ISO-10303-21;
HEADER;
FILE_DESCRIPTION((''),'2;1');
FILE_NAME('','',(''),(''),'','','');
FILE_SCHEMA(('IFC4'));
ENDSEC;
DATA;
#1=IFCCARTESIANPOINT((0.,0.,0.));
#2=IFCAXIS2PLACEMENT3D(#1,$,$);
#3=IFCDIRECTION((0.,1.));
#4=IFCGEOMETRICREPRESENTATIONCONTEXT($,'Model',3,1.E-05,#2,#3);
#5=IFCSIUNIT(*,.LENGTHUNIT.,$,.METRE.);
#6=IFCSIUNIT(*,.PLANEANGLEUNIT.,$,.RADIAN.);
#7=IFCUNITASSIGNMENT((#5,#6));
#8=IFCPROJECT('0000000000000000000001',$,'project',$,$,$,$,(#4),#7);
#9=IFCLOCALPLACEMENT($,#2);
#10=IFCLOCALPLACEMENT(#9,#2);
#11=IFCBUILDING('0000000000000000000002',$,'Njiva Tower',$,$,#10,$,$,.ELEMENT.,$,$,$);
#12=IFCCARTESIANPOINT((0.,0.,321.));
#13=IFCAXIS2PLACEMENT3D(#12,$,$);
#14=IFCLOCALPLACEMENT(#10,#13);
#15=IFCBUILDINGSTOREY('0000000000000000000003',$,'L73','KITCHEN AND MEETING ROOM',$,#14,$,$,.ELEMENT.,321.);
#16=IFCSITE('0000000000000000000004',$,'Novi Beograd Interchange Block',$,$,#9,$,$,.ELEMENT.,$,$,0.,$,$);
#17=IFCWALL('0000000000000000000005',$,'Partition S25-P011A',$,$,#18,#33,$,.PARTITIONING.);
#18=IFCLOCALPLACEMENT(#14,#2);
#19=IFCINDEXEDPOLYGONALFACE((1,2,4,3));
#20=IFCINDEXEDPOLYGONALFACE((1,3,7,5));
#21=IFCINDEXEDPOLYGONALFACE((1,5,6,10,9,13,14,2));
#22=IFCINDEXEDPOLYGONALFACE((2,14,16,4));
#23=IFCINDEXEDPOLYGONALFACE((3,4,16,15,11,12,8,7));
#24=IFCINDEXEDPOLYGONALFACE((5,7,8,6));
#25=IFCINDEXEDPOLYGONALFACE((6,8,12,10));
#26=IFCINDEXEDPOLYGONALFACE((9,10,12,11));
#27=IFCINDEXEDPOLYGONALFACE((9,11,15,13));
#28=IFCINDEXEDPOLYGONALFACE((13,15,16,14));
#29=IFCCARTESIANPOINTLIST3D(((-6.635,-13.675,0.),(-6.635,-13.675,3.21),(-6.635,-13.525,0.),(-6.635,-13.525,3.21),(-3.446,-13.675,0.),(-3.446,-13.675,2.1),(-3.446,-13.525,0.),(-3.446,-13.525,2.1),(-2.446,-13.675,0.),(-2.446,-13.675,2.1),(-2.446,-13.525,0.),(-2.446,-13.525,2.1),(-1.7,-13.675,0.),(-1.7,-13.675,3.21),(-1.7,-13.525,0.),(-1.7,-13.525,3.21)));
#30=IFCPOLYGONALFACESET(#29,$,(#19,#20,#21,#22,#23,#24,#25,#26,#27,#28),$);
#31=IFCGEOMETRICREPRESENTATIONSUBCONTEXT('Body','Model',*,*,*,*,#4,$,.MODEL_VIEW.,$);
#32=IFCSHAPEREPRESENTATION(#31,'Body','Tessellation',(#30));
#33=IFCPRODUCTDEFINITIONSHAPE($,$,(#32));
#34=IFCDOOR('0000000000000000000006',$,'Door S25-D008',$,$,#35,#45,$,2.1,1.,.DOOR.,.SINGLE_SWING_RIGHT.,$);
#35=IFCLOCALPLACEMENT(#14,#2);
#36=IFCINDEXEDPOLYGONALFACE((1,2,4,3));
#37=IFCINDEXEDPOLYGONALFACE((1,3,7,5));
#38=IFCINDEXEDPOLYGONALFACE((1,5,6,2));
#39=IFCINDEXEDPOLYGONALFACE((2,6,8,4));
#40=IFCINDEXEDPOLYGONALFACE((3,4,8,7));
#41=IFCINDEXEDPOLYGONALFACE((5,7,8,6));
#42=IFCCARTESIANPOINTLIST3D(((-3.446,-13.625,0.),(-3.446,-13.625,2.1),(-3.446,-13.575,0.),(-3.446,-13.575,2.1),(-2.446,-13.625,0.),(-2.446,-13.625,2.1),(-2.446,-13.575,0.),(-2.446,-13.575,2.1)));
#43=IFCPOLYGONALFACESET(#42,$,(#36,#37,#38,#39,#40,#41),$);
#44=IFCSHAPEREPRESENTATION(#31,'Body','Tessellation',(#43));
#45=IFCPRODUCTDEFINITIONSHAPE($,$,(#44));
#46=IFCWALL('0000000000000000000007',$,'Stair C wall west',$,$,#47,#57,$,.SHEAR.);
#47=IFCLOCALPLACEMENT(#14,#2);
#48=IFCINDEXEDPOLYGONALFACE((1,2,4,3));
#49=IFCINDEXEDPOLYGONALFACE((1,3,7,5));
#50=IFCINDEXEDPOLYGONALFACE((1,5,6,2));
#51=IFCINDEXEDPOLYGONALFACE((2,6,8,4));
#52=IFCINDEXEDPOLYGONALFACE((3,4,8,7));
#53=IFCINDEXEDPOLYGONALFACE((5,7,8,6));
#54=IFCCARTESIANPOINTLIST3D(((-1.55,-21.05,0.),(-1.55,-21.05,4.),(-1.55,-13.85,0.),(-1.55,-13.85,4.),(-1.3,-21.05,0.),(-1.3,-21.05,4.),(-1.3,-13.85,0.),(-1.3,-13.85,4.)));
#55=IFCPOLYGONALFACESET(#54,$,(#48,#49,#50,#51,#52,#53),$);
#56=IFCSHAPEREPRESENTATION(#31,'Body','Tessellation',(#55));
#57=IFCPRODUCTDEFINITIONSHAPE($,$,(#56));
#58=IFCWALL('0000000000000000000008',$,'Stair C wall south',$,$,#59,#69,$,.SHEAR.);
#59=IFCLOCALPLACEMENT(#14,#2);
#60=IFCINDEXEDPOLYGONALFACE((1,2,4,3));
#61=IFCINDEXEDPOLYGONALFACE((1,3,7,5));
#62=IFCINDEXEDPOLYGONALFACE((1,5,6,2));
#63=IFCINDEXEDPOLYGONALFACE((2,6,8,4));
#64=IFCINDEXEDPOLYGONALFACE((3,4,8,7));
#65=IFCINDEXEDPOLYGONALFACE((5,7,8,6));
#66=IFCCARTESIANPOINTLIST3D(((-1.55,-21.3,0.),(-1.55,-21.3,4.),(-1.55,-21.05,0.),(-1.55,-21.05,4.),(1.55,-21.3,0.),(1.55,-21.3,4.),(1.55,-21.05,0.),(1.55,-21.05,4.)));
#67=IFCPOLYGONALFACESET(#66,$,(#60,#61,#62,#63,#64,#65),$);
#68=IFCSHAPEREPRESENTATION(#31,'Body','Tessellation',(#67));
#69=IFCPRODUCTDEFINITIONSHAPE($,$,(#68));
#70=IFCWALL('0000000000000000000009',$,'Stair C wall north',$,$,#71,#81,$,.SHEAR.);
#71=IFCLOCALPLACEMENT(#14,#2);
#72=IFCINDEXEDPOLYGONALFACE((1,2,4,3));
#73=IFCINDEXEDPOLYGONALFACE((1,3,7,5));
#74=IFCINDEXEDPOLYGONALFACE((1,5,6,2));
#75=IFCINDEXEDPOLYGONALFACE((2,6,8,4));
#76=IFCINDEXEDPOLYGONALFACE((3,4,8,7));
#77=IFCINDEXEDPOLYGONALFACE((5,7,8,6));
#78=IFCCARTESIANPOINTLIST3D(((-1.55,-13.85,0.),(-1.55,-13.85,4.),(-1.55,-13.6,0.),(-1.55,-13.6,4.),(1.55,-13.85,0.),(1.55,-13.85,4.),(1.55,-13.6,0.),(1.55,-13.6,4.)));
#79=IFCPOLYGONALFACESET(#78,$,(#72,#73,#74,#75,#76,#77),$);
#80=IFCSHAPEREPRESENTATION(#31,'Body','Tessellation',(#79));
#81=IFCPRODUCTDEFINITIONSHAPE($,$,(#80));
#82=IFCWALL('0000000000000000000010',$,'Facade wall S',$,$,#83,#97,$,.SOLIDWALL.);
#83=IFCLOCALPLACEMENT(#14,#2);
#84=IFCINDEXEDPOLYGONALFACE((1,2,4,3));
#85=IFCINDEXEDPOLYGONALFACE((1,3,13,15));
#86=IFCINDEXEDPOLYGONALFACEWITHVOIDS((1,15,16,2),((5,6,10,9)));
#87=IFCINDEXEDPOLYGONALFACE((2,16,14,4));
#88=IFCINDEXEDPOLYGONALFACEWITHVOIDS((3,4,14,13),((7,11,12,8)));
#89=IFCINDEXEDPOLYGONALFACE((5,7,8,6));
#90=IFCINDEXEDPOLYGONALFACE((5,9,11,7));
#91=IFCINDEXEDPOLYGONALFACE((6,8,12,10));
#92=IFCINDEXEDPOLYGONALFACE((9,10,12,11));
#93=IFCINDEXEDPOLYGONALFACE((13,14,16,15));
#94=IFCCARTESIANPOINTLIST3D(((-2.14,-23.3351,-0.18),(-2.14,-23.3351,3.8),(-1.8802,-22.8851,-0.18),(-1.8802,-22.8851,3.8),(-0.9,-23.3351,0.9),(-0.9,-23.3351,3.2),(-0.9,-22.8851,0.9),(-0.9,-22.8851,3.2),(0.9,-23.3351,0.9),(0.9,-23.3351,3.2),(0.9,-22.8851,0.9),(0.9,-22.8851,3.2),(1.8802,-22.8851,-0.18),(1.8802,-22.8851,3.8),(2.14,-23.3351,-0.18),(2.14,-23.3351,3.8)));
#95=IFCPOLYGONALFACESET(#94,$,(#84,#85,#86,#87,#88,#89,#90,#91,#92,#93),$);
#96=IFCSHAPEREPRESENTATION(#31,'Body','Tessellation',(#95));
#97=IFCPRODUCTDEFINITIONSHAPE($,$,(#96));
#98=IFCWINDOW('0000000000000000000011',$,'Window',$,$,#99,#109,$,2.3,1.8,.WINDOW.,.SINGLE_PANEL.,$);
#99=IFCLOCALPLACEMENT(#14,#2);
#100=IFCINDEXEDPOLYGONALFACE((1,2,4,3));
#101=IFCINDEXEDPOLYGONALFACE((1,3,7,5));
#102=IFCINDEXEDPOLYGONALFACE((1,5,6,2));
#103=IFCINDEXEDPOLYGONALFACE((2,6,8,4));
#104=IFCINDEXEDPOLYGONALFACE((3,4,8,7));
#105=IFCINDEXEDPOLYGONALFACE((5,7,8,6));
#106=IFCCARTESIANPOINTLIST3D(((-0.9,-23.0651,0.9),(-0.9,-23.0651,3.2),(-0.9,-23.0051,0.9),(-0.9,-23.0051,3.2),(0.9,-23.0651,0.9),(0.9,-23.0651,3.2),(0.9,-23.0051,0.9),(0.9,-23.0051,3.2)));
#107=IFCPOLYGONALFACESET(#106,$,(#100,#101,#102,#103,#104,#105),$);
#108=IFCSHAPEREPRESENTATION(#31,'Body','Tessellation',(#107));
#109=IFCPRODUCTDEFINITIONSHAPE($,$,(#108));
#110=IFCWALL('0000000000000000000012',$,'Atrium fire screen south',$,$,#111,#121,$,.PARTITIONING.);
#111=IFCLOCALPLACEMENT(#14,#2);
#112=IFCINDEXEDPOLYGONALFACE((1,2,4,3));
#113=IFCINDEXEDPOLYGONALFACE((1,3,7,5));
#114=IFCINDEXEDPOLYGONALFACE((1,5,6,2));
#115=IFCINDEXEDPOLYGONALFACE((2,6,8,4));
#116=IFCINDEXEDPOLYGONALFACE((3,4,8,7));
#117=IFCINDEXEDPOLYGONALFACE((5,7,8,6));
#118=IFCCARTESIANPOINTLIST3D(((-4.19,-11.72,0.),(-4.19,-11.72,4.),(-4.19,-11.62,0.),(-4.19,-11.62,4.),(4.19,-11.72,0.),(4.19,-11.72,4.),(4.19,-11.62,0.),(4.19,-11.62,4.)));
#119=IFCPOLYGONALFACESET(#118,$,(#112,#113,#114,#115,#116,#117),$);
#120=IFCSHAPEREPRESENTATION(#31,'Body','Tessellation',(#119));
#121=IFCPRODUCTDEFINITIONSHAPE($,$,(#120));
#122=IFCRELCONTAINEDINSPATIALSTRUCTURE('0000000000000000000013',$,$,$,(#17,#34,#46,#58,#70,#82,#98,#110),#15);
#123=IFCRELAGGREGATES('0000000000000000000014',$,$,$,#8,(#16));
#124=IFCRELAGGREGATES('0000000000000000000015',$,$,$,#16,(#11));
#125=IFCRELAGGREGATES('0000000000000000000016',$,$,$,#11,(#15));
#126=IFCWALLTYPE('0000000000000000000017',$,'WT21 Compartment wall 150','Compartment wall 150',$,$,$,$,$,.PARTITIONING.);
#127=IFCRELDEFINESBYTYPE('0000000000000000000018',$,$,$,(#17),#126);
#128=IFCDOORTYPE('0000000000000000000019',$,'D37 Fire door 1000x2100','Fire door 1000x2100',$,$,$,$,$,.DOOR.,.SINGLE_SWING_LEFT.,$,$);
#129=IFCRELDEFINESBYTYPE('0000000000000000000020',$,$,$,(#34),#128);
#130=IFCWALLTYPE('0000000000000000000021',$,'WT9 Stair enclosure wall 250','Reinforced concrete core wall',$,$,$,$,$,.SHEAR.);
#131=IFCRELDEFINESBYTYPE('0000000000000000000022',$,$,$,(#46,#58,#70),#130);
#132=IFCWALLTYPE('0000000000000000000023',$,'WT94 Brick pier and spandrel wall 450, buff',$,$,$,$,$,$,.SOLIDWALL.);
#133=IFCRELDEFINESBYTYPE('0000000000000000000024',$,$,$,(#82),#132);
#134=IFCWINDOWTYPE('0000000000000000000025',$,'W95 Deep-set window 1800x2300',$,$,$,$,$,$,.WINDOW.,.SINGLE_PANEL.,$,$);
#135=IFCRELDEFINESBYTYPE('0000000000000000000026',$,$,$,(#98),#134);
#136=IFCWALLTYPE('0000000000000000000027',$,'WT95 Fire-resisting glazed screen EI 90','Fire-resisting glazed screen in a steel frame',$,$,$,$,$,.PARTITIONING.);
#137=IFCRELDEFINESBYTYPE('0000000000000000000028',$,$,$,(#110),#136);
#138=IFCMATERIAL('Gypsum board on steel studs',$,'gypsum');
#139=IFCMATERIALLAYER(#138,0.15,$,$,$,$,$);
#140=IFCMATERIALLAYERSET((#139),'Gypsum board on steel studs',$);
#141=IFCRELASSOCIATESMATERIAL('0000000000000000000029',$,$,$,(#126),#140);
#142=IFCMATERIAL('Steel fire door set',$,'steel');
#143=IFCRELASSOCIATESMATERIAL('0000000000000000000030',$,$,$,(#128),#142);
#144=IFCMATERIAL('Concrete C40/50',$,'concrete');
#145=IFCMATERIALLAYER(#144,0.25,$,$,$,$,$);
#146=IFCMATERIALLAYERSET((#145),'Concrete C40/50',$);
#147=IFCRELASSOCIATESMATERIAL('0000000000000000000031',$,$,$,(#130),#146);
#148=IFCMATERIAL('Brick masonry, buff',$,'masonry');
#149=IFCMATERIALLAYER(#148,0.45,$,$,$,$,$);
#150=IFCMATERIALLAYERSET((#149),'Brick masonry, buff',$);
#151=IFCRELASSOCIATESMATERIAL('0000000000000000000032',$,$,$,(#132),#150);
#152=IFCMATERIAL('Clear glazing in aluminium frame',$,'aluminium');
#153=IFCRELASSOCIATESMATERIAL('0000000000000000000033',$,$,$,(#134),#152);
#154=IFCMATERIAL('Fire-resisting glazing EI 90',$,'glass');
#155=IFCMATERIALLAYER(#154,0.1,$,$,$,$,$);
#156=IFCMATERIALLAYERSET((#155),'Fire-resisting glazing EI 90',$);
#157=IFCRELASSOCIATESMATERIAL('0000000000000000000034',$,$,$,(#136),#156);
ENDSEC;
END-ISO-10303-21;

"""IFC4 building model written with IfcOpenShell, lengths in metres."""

from ifc_helpers import new_model, si_unit, direction, frame, frame_2d, origin, place, context, subcontext, project, spatial, polyline, rectangle, outline, extrude, material, layer, layer_set, type_object, element, fill, save


model = new_model("IFC4")

# Units and contexts
model_context = context("Model", 3, precision=1e-05, world=origin(), true_north=direction((0.0, 1.0)))
body_context = subcontext(model_context, "Body", "Model", "MODEL_VIEW")
ifc_project = project(units=[si_unit("LENGTHUNIT", "METRE"), si_unit("PLANEANGLEUNIT", "RADIAN")], contexts=[model_context])

# Site, building, storey
site_placement = place(None, origin())
site = spatial("IfcSite", under=ifc_project, at=site_placement, Name="Novi Beograd Interchange Block", CompositionType="ELEMENT", RefElevation=0.0)
building_placement = place(site_placement, origin())
building = spatial("IfcBuilding", under=site, at=building_placement, Name="Njiva Tower", CompositionType="ELEMENT")
storey_placement = place(building_placement, frame((0.0, 0.0, 321.0)))
storey = spatial("IfcBuildingStorey", under=building, at=storey_placement, Name="L73", Description="KITCHEN AND MEETING ROOM", CompositionType="ELEMENT", Elevation=321.0)

# Shared definitions
ifc_material_1 = material(Name="Gypsum board on steel studs", Category="gypsum")
ifc_layer_1 = layer(ifc_material_1, 0.15)
ifc_layer_set_1 = layer_set([ifc_layer_1], Name="Gypsum board on steel studs")
wall_type_1 = type_object("IfcWallType", Name="WT21 Compartment wall 150", Description="Compartment wall 150", PredefinedType="PARTITIONING", material=ifc_layer_set_1)
ifc_material_2 = material(Name="Steel fire door set", Category="steel")
door_type = type_object("IfcDoorType", Name="D37 Fire door 1000x2100", Description="Fire door 1000x2100", OperationType="SINGLE_SWING_LEFT", PredefinedType="DOOR", material=ifc_material_2)

# Wall, opening, door
wall_1_placement = place(storey_placement, frame((-6.635, -13.6, 0.0), z_axis=(0.0, 0.0, 1.0), x_axis=(1.0, 0.0, 0.0)))
wall_1 = element("IfcWall", 1, at=wall_1_placement, inside=storey, type_object=wall_type_1, Name="Partition S25-P011A", PredefinedType="PARTITIONING", context=body_context, shape_type="SweptSolid", body=[
    extrude(rectangle(XDim=4.935, YDim=0.15, at=frame_2d((2.4675, 0.0))), origin(), (0.0, 0.0, 1.0), 3.21),
])
opening_1_placement = place(wall_1_placement, frame((3.189, 0.0, 0.0)))
opening_1 = element("IfcOpeningElement", 2, at=opening_1_placement, cuts=wall_1, PredefinedType="OPENING", context=body_context, shape_type="SweptSolid", body=[
    extrude(rectangle(XDim=1.0, YDim=2.1, at=frame_2d((0.5, 1.05))), frame((0.0, 0.085, 0.0), z_axis=(0.0, -1.0, 0.0), x_axis=(1.0, 0.0, 0.0)), (0.0, 0.0, 1.0), 0.17),
])
door_1_placement = place(opening_1_placement, origin())
door_1 = element("IfcDoor", 3, at=door_1_placement, inside=storey, type_object=door_type, Name="Door S25-D008", OperationType="SINGLE_SWING_RIGHT", OverallHeight=2.1, OverallWidth=1.0, PredefinedType="DOOR", context=body_context, shape_type="SweptSolid", body=[
    extrude(rectangle(XDim=1.0, YDim=2.1, at=frame_2d((0.5, 1.05))), frame((0.0, 0.025, 0.0), z_axis=(0.0, -1.0, 0.0), x_axis=(1.0, 0.0, 0.0)), (0.0, 0.0, 1.0), 0.05),
])
fill(opening_1, door_1)

# Walls
ifc_material_3 = material(Name="Concrete C40/50", Category="concrete")
ifc_layer_2 = layer(ifc_material_3, 0.25)
ifc_layer_set_2 = layer_set([ifc_layer_2], Name="Concrete C40/50")
wall_type_2 = type_object("IfcWallType", Name="WT9 Stair enclosure wall 250", Description="Reinforced concrete core wall", PredefinedType="SHEAR", material=ifc_layer_set_2)
wall_2_placement = place(storey_placement, frame((-1.425, -21.05, 0.0), z_axis=(0.0, 0.0, 1.0), x_axis=(0.0, 1.0, 0.0)))
element("IfcWall", 4, at=wall_2_placement, inside=storey, type_object=wall_type_2, Name="Stair C wall west", PredefinedType="SHEAR", context=body_context, shape_type="SweptSolid", body=[
    extrude(rectangle(XDim=7.2, YDim=0.25, at=frame_2d((3.6, 0.0))), origin(), (0.0, 0.0, 1.0), 4.0),
])
for number, where, z_axis, x_axis, name in (
    (5, (-1.55, -21.175, 0.0), (0.0, 0.0, 1.0), (1.0, 0.0, 0.0), "Stair C wall south"),
    (6, (-1.55, -13.725, 0.0), (0.0, 0.0, 1.0), (1.0, 0.0, 0.0), "Stair C wall north"),
):
    element("IfcWall", number, at=place(storey_placement, frame(where, z_axis=z_axis, x_axis=x_axis)), inside=storey, type_object=wall_type_2, Name=name, PredefinedType="SHEAR", context=body_context, shape_type="SweptSolid", body=[
        extrude(rectangle(XDim=3.1, YDim=0.25, at=frame_2d((1.55, 0.0))), origin(), (0.0, 0.0, 1.0), 4.0),
    ])

# Wall, opening, window
ifc_material_4 = material(Name="Brick masonry, buff", Category="masonry")
ifc_layer_3 = layer(ifc_material_4, 0.45)
ifc_layer_set_3 = layer_set([ifc_layer_3], Name="Brick masonry, buff")
wall_type_3 = type_object("IfcWallType", Name="WT94 Brick pier and spandrel wall 450, buff", PredefinedType="SOLIDWALL", material=ifc_layer_set_3)
wall_3_placement = place(storey_placement, frame((-2.0101, -23.1101, -0.18), z_axis=(0.0, 0.0, 1.0), x_axis=(1.0, 0.0, 0.0)))
wall_3 = element("IfcWall", 7, at=wall_3_placement, inside=storey, type_object=wall_type_3, Name="Facade wall S", PredefinedType="SOLIDWALL", context=body_context, shape_type="SweptSolid", body=[
    extrude(outline(polyline([(-0.1299, -0.225), (4.1501, -0.225), (3.8903, 0.225), (0.1299, 0.225), (-0.1299, -0.225)])), origin(), (0.0, 0.0, 1.0), 3.98),
])
opening_2_placement = place(wall_3_placement, frame((1.1101, 0.0, 1.08)))
opening_2 = element("IfcOpeningElement", 8, at=opening_2_placement, cuts=wall_3, PredefinedType="OPENING", context=body_context, shape_type="SweptSolid", body=[
    extrude(rectangle(XDim=1.8, YDim=2.3, at=frame_2d((0.9, 1.15))), frame((0.0, 0.235, 0.0), z_axis=(0.0, -1.0, 0.0), x_axis=(1.0, 0.0, 0.0)), (0.0, 0.0, 1.0), 0.47),
])
ifc_material_5 = material(Name="Clear glazing in aluminium frame", Category="aluminium")
window_type = type_object("IfcWindowType", Name="W95 Deep-set window 1800x2300", PartitioningType="SINGLE_PANEL", PredefinedType="WINDOW", material=ifc_material_5)
window_placement = place(opening_2_placement, origin())
window = element("IfcWindow", 9, at=window_placement, inside=storey, type_object=window_type, Name="Window", OverallHeight=2.3, OverallWidth=1.8, PartitioningType="SINGLE_PANEL", PredefinedType="WINDOW", context=body_context, shape_type="SweptSolid", body=[
    extrude(rectangle(XDim=1.8, YDim=2.3, at=frame_2d((0.9, 1.15))), frame((0.0, 0.105, 0.0), z_axis=(0.0, -1.0, 0.0), x_axis=(1.0, 0.0, 0.0)), (0.0, 0.0, 1.0), 0.06),
])
fill(opening_2, window)

# Wall
ifc_material_6 = material(Name="Fire-resisting glazing EI 90", Category="glass")
ifc_layer_4 = layer(ifc_material_6, 0.1)
ifc_layer_set_4 = layer_set([ifc_layer_4], Name="Fire-resisting glazing EI 90")
wall_type_4 = type_object("IfcWallType", Name="WT95 Fire-resisting glazed screen EI 90", Description="Fire-resisting glazed screen in a steel frame", PredefinedType="PARTITIONING", material=ifc_layer_set_4)
wall_4_placement = place(storey_placement, frame((-4.19, -11.67, 0.0), z_axis=(0.0, 0.0, 1.0), x_axis=(1.0, 0.0, 0.0)))
element("IfcWall", 10, at=wall_4_placement, inside=storey, type_object=wall_type_4, Name="Atrium fire screen south", PredefinedType="PARTITIONING", context=body_context, shape_type="SweptSolid", body=[
    extrude(rectangle(XDim=8.38, YDim=0.1, at=frame_2d((4.19, 0.0))), origin(), (0.0, 0.0, 1.0), 4.0),
])

save(model, "model.ifc")
